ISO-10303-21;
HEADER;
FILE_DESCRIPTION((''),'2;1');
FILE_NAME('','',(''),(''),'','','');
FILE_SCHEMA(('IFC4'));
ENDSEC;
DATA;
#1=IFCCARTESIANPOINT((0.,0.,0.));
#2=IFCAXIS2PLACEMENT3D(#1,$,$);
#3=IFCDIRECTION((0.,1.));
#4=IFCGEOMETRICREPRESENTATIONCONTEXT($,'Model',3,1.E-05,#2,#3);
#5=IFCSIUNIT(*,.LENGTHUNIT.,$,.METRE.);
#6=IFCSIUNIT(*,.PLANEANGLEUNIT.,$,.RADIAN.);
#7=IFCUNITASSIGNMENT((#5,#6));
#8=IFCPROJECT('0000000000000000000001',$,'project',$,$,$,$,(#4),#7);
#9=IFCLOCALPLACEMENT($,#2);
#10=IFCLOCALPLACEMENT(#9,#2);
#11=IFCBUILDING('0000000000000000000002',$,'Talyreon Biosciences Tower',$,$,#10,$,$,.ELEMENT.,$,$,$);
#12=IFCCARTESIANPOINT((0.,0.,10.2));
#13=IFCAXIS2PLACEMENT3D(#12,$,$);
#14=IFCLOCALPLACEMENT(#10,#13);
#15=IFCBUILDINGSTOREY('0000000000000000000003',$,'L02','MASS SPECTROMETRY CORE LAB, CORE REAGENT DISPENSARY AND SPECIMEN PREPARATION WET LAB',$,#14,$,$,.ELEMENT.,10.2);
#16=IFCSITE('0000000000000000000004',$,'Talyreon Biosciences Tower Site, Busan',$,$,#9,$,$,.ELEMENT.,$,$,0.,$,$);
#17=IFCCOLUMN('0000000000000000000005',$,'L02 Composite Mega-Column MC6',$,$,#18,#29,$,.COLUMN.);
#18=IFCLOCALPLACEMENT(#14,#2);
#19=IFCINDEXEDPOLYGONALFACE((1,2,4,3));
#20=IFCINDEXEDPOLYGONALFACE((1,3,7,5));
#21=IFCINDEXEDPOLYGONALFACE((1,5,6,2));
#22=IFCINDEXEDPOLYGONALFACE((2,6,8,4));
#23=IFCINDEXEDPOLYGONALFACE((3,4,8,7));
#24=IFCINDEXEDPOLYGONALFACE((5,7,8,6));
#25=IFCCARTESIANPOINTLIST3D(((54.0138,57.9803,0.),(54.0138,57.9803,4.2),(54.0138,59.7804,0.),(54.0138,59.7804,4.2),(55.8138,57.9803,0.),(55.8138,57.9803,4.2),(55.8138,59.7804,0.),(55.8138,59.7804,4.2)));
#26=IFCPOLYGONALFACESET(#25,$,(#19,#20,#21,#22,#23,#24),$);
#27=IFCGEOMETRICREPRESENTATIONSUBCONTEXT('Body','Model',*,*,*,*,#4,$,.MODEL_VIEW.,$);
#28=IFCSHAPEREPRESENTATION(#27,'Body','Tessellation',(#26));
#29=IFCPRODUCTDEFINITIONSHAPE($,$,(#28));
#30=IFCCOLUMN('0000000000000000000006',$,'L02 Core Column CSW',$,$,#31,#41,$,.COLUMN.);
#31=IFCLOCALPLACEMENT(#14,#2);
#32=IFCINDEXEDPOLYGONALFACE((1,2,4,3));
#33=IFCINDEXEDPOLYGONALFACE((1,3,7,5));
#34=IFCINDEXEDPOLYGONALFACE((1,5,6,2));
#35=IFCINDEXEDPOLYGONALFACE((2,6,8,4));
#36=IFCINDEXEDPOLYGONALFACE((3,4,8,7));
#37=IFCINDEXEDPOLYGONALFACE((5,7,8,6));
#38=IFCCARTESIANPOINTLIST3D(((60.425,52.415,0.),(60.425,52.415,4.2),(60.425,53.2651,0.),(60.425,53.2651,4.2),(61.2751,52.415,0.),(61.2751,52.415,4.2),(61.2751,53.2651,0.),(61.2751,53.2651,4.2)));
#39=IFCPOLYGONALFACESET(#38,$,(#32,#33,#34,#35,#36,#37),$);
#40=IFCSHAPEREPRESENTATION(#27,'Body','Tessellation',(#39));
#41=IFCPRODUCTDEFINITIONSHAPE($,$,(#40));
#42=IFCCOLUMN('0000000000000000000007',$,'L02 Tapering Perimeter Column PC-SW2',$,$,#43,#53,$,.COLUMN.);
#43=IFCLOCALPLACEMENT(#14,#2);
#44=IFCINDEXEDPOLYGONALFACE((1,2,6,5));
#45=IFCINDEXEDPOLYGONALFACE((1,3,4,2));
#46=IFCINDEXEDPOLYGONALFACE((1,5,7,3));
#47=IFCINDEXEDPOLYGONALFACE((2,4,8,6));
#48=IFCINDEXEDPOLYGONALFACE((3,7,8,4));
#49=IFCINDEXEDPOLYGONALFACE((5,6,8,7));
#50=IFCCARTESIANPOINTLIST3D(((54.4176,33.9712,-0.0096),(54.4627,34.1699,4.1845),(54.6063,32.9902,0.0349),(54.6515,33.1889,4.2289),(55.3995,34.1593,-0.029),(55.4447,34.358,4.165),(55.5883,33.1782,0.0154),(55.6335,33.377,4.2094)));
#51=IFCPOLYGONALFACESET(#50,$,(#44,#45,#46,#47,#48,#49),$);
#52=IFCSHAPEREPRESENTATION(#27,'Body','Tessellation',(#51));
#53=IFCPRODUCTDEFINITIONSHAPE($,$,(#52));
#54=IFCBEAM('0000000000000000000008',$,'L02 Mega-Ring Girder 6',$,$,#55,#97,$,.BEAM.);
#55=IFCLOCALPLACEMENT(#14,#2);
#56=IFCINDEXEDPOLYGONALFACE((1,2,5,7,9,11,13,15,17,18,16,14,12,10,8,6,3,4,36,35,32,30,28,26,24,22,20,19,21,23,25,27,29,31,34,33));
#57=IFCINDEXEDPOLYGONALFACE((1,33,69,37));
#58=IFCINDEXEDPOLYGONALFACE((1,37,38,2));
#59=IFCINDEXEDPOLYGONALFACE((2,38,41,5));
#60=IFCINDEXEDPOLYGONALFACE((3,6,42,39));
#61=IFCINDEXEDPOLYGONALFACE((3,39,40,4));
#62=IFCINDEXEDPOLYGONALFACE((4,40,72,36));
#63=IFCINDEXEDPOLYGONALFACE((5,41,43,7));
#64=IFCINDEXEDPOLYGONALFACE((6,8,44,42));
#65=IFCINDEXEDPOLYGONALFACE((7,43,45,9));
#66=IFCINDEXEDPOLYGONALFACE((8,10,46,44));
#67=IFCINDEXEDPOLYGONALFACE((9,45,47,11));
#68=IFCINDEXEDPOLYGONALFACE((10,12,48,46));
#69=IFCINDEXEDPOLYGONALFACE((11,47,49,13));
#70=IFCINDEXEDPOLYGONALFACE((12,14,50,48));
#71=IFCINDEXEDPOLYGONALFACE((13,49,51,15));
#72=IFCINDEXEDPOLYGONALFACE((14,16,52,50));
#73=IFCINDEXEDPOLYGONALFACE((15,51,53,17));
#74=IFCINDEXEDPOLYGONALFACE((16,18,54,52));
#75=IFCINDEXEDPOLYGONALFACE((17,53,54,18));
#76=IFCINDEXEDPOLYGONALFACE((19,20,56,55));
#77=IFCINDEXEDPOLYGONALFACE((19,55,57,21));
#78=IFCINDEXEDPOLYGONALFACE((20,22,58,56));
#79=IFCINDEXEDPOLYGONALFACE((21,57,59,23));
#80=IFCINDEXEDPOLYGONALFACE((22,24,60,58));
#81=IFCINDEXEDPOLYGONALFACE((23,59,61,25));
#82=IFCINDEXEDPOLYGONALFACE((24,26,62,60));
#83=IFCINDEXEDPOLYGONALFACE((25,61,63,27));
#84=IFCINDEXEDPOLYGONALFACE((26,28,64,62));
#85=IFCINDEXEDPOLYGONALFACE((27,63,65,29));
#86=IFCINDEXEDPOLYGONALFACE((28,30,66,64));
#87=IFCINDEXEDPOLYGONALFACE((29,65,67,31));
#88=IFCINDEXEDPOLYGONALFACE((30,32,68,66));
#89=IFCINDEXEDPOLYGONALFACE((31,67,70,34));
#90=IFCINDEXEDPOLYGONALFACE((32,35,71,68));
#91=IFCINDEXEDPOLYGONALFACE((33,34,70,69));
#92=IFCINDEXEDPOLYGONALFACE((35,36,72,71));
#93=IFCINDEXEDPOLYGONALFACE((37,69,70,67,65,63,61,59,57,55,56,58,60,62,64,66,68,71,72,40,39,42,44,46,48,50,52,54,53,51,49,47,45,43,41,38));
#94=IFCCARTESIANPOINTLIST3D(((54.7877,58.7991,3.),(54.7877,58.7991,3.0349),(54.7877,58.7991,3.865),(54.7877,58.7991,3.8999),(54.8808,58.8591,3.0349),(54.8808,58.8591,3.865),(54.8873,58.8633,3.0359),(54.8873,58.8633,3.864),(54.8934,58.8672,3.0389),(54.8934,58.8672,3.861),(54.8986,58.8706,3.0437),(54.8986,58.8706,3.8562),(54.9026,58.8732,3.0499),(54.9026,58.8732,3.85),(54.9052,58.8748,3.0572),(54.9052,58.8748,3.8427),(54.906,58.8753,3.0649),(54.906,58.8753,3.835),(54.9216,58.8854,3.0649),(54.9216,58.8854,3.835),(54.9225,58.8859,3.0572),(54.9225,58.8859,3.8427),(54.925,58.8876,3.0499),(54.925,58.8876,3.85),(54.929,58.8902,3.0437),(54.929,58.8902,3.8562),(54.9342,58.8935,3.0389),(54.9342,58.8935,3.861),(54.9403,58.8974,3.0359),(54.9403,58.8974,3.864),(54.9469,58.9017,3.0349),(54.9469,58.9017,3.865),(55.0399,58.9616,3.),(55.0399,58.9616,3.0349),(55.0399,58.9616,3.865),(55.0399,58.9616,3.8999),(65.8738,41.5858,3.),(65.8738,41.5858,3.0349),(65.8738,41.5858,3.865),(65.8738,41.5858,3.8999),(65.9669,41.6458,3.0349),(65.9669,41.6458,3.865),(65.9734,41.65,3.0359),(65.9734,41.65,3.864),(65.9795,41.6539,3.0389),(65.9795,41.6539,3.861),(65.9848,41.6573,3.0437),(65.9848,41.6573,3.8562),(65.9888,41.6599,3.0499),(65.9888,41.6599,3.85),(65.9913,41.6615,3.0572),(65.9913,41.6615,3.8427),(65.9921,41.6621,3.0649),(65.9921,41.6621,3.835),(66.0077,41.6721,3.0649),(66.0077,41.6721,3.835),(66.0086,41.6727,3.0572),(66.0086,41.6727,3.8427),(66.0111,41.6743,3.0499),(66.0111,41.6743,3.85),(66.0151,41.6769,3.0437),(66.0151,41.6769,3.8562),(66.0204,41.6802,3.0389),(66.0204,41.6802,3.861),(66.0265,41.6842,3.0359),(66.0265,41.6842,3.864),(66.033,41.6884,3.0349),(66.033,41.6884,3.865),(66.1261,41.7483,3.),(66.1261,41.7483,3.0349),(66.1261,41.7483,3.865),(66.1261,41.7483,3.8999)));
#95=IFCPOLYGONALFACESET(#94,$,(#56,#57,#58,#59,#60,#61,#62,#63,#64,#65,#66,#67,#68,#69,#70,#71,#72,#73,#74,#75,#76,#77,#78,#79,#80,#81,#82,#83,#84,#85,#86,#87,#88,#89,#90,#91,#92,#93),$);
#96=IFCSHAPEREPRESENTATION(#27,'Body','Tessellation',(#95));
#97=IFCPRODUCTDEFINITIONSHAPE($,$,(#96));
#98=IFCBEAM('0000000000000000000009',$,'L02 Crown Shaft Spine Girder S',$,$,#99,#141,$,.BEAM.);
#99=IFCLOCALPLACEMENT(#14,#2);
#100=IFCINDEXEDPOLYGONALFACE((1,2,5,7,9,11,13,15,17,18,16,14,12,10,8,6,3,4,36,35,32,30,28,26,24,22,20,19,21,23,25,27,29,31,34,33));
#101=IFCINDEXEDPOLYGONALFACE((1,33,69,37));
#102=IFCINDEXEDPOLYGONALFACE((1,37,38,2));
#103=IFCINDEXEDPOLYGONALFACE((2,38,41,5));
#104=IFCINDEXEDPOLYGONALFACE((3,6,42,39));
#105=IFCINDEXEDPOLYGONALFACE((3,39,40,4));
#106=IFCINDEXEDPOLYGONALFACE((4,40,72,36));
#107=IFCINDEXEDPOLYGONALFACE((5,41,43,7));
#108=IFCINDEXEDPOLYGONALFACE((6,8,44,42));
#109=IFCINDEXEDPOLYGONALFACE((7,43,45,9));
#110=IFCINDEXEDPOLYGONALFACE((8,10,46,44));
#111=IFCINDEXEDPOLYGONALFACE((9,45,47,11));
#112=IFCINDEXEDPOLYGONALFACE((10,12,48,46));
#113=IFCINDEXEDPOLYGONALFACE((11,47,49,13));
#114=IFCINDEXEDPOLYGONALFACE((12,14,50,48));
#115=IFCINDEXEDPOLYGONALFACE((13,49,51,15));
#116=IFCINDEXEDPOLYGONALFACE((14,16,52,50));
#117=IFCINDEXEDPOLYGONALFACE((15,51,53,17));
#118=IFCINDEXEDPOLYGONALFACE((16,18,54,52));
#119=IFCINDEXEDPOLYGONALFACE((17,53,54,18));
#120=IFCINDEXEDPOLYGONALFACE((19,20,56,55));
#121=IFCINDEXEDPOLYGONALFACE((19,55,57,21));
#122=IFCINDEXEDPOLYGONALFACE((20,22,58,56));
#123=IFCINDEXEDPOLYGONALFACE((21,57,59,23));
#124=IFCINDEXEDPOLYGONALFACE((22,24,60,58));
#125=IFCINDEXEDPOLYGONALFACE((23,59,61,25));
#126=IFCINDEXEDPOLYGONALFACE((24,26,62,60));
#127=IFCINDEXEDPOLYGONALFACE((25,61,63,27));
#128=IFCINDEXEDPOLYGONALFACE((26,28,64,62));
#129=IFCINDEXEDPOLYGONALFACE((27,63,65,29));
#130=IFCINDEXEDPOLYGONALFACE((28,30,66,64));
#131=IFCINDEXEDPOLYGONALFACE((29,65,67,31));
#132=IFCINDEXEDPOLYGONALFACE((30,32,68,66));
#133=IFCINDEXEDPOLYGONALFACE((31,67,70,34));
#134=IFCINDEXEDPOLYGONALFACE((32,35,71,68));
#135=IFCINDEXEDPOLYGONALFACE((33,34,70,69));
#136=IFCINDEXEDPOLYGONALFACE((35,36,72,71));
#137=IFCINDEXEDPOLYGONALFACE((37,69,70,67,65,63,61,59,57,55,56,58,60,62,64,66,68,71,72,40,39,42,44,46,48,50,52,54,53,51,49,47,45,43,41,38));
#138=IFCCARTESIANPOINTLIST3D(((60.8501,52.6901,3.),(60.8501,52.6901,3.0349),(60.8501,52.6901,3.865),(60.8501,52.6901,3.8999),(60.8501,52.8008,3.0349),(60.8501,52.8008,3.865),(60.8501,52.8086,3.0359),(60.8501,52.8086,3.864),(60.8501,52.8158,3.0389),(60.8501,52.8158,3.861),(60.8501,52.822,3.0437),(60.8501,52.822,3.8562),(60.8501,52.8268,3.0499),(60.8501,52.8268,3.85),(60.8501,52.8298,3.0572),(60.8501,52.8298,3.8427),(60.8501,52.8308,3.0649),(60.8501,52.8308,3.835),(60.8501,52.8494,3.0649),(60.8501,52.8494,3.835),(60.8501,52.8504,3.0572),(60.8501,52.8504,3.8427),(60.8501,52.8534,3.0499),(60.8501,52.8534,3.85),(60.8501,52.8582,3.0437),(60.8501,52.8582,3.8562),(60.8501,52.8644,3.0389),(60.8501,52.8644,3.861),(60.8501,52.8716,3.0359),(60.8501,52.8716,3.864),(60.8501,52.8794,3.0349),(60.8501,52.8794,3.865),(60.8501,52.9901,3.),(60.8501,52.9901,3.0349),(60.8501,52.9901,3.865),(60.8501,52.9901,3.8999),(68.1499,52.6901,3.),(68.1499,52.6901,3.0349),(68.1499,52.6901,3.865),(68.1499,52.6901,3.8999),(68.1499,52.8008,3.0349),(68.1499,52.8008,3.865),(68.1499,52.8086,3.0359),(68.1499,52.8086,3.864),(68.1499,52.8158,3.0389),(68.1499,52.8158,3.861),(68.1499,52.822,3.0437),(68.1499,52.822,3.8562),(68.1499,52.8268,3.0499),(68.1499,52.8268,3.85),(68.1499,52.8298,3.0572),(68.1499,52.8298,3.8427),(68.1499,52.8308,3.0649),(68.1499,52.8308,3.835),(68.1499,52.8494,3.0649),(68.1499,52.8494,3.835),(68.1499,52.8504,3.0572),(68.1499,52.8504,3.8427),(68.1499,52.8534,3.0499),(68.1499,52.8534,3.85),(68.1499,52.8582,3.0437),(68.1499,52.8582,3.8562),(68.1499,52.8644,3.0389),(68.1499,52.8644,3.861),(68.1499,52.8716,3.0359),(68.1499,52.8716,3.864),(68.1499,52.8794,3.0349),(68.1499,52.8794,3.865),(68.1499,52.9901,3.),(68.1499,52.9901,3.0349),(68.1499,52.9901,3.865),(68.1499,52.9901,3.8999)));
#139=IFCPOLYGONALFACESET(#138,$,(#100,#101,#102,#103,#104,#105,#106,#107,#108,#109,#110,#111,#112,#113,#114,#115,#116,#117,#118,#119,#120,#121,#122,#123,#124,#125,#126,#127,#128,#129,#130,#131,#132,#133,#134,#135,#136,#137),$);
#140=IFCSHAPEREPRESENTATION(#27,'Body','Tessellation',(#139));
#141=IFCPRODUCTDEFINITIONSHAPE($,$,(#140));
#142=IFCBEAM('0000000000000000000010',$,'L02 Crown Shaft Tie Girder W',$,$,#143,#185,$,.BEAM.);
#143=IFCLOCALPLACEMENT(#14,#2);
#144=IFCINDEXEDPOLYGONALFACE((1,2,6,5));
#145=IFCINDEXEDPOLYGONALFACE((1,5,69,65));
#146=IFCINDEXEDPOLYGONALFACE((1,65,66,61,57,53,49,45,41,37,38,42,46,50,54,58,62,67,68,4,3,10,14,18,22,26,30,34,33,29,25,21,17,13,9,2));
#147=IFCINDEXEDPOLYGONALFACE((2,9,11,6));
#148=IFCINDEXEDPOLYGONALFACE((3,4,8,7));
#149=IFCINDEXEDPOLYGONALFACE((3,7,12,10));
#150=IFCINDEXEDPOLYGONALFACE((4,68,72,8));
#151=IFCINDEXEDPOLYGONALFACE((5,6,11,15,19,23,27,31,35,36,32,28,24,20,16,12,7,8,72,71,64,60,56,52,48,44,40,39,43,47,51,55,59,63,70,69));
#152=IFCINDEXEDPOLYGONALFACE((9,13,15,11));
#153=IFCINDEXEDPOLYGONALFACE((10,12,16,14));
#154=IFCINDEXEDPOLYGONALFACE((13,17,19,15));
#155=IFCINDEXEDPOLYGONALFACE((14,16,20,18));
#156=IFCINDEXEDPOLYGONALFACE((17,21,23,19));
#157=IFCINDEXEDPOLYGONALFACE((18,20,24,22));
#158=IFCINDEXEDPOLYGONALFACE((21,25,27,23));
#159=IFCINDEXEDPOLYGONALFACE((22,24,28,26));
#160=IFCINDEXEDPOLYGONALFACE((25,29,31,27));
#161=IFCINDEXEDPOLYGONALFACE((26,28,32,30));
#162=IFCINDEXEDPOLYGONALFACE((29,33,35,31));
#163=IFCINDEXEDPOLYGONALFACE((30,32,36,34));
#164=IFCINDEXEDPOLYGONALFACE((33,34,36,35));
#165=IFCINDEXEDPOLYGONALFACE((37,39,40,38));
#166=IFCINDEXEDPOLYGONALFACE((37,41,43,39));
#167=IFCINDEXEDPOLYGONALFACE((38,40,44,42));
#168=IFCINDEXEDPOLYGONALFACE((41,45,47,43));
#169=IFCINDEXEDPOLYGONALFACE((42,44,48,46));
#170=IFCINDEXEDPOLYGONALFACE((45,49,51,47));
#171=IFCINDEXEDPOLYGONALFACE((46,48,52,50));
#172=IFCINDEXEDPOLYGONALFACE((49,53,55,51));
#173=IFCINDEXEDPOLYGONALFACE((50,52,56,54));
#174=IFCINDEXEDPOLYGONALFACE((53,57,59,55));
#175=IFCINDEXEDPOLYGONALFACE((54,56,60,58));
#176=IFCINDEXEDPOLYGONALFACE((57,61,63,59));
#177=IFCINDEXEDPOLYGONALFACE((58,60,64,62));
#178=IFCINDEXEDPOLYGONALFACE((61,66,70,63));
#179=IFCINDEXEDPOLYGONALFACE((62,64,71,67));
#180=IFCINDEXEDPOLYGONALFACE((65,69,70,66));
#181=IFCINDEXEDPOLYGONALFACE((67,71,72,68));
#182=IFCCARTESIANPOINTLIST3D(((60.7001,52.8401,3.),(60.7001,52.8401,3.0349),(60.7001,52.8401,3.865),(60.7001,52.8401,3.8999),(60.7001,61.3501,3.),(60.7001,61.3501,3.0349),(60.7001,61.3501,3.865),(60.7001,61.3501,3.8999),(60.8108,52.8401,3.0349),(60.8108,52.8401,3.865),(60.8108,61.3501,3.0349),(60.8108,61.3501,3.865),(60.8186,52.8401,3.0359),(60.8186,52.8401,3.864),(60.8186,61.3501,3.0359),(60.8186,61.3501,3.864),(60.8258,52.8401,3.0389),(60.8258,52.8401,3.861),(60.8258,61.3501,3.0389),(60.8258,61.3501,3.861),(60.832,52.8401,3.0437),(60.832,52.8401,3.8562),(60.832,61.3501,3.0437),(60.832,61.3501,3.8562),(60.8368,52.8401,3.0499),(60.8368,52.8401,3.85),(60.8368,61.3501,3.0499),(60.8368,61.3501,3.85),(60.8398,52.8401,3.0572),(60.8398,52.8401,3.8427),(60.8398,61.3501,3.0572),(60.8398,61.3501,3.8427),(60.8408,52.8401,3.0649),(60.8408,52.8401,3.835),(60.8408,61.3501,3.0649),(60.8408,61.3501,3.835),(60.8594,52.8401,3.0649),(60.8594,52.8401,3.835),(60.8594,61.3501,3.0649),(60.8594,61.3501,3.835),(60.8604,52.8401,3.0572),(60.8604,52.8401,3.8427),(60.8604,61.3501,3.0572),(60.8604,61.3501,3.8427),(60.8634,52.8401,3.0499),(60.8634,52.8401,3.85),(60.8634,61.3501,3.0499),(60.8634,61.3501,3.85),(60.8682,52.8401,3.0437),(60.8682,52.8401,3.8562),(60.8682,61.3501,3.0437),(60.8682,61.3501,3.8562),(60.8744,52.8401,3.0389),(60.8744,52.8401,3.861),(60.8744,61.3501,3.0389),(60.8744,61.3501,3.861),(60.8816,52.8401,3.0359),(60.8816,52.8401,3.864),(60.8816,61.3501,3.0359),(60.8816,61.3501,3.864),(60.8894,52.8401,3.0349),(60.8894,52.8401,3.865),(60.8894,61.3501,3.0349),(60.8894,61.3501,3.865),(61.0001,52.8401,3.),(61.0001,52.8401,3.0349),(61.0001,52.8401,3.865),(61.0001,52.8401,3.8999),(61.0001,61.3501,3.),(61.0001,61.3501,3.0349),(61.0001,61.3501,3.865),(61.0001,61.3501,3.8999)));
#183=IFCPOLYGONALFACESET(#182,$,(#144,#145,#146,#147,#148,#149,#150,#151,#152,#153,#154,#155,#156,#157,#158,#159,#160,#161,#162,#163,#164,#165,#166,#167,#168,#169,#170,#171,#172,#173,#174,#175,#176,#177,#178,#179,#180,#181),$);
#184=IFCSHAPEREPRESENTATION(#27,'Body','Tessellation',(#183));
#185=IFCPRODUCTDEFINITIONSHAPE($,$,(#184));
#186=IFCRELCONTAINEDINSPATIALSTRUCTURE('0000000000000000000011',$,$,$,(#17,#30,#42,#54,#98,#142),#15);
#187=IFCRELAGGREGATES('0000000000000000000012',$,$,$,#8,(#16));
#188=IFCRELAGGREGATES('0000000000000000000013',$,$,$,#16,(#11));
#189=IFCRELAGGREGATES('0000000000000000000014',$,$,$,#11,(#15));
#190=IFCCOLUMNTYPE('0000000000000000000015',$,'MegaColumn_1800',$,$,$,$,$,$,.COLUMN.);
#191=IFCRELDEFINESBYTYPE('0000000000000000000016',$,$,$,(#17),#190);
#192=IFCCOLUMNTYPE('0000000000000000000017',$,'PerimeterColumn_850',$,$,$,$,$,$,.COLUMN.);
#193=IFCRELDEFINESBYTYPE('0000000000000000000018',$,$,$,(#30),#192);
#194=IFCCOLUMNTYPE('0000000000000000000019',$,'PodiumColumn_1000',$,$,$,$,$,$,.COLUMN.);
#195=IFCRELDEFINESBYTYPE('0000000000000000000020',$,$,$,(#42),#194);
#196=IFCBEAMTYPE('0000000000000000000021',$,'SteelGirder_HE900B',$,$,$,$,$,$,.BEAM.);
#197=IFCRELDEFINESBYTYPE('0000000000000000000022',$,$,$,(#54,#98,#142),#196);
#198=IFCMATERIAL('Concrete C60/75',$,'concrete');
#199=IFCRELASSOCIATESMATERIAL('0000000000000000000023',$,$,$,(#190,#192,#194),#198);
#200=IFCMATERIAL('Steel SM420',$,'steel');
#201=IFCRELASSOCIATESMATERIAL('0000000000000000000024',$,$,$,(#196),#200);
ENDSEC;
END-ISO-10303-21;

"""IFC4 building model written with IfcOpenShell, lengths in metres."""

from ifc_helpers import new_model, si_unit, direction, frame, origin, origin_2d, place, context, subcontext, project, spatial, rectangle, i_section, extrude, material, material_profile, profile_set, type_object, element, save


model = new_model("IFC4")

# Units and contexts
model_context = context("Model", 3, precision=1e-05, world=origin(), true_north=direction((0.0, 1.0)))
body_context = subcontext(model_context, "Body", "Model", "MODEL_VIEW")
ifc_project = project(units=[si_unit("LENGTHUNIT", "METRE"), si_unit("PLANEANGLEUNIT", "RADIAN")], contexts=[model_context])

# Site, building, storey
site_placement = place(None, origin())
site = spatial("IfcSite", under=ifc_project, at=site_placement, Name="Talyreon Biosciences Tower Site, Busan", CompositionType="ELEMENT", RefElevation=0.0)
building_placement = place(site_placement, origin())
building = spatial("IfcBuilding", under=site, at=building_placement, Name="Talyreon Biosciences Tower", CompositionType="ELEMENT")
storey_placement = place(building_placement, frame((0.0, 0.0, 10.2)))
storey = spatial("IfcBuildingStorey", under=building, at=storey_placement, Name="L02", Description="MASS SPECTROMETRY CORE LAB, CORE REAGENT DISPENSARY AND SPECIMEN PREPARATION WET LAB", CompositionType="ELEMENT", Elevation=10.2)

# Columns
ifc_material_1 = material(Name="Concrete C60/75", Category="concrete")
ifc_material_profile_1 = material_profile(ifc_material_1, rectangle(XDim=1.8, YDim=1.8, at=origin_2d()), Name="RC 1800x1800")
ifc_profile_set_1 = profile_set([ifc_material_profile_1], Name="Concrete C60/75")
column_type_1 = type_object("IfcColumnType", Name="MegaColumn_1800", PredefinedType="COLUMN", material=ifc_profile_set_1)
column_1_placement = place(storey_placement, frame((54.9138, 58.8804, 0.0), z_axis=(0.0, 0.0, 1.0), x_axis=(1.0, 0.0, 0.0)))
element("IfcColumn", 1, at=column_1_placement, inside=storey, type_object=column_type_1, Name="L02 Composite Mega-Column MC6", PredefinedType="COLUMN", context=body_context, shape_type="SweptSolid", body=[
    extrude(rectangle(XDim=1.8, YDim=1.8, at=origin_2d()), origin(), (0.0, 0.0, 1.0), 4.2),
])
ifc_material_profile_2 = material_profile(ifc_material_1, rectangle(XDim=0.8501, YDim=0.8501, at=origin_2d()), Name="RC 850x850")
ifc_profile_set_2 = profile_set([ifc_material_profile_2], Name="Concrete C60/75")
column_type_2 = type_object("IfcColumnType", Name="PerimeterColumn_850", PredefinedType="COLUMN", material=ifc_profile_set_2)
column_2_placement = place(storey_placement, frame((60.8501, 52.8401, 0.0), z_axis=(0.0, 0.0, 1.0), x_axis=(1.0, 0.0, 0.0)))
element("IfcColumn", 2, at=column_2_placement, inside=storey, type_object=column_type_2, Name="L02 Core Column CSW", PredefinedType="COLUMN", context=body_context, shape_type="SweptSolid", body=[
    extrude(rectangle(XDim=0.8501, YDim=0.8501, at=origin_2d()), origin(), (0.0, 0.0, 1.0), 4.2),
])
ifc_material_profile_3 = material_profile(ifc_material_1, rectangle(XDim=1.0, YDim=1.0, at=origin_2d()), Name="RC 1000x1000")
ifc_profile_set_3 = profile_set([ifc_material_profile_3], Name="Concrete C60/75")
column_type_3 = type_object("IfcColumnType", Name="PodiumColumn_1000", PredefinedType="COLUMN", material=ifc_profile_set_3)
column_3_placement = place(storey_placement, frame((55.0029, 33.5747, 0.0029), z_axis=(0.010756, 0.047328, 0.998822), x_axis=(-0.188782, 0.981013, -0.044451)))
element("IfcColumn", 3, at=column_3_placement, inside=storey, type_object=column_type_3, Name="L02 Tapering Perimeter Column PC-SW2", PredefinedType="COLUMN", context=body_context, shape_type="SweptSolid", body=[
    extrude(rectangle(XDim=1.0, YDim=1.0, at=origin_2d()), origin(), (0.0, 0.0, 1.0), 4.199),
])

# Beams
ifc_material_2 = material(Name="Steel SM420", Category="steel")
ifc_material_profile_4 = material_profile(ifc_material_2, i_section(OverallWidth=0.3, OverallDepth=0.8999, WebThickness=0.0186, FlangeThickness=0.0349, FilletRadius=0.03, at=origin_2d()), Name="HE900B")
ifc_profile_set_4 = profile_set([ifc_material_profile_4], Name="Steel SM420")
beam_type = type_object("IfcBeamType", Name="SteelGirder_HE900B", PredefinedType="BEAM", material=ifc_profile_set_4)
beam_1_placement = place(storey_placement, frame((54.9138, 58.8804, 3.45), z_axis=(0.541464, -0.840724, 0.0), x_axis=(0.840724, 0.541464, 0.0)))
element("IfcBeam", 4, at=beam_1_placement, inside=storey, type_object=beam_type, Name="L02 Mega-Ring Girder 6", PredefinedType="BEAM", context=body_context, shape_type="SweptSolid", body=[
    extrude(i_section(OverallWidth=0.3, OverallDepth=0.8999, WebThickness=0.0186, FlangeThickness=0.0349, FilletRadius=0.03, at=origin_2d()), origin(), (0.0, 0.0, 1.0), 20.4744),
])
beam_2_placement = place(storey_placement, frame((60.8501, 52.8401, 3.45), z_axis=(1.0, 0.0, 0.0), x_axis=(0.0, 1.0, 0.0)))
element("IfcBeam", 5, at=beam_2_placement, inside=storey, type_object=beam_type, Name="L02 Crown Shaft Spine Girder S", PredefinedType="BEAM", context=body_context, shape_type="SweptSolid", body=[
    extrude(i_section(OverallWidth=0.3, OverallDepth=0.8999, WebThickness=0.0186, FlangeThickness=0.0349, FilletRadius=0.03, at=origin_2d()), origin(), (0.0, 0.0, 1.0), 7.2998),
])
beam_3_placement = place(storey_placement, frame((60.8501, 52.8401, 3.45), z_axis=(0.0, 1.0, 0.0), x_axis=(-1.0, 0.0, 0.0)))
element("IfcBeam", 6, at=beam_3_placement, inside=storey, type_object=beam_type, Name="L02 Crown Shaft Tie Girder W", PredefinedType="BEAM", context=body_context, shape_type="SweptSolid", body=[
    extrude(i_section(OverallWidth=0.3, OverallDepth=0.8999, WebThickness=0.0186, FlangeThickness=0.0349, FilletRadius=0.03, at=origin_2d()), origin(), (0.0, 0.0, 1.0), 8.51),
])

save(model, "model.ifc")
